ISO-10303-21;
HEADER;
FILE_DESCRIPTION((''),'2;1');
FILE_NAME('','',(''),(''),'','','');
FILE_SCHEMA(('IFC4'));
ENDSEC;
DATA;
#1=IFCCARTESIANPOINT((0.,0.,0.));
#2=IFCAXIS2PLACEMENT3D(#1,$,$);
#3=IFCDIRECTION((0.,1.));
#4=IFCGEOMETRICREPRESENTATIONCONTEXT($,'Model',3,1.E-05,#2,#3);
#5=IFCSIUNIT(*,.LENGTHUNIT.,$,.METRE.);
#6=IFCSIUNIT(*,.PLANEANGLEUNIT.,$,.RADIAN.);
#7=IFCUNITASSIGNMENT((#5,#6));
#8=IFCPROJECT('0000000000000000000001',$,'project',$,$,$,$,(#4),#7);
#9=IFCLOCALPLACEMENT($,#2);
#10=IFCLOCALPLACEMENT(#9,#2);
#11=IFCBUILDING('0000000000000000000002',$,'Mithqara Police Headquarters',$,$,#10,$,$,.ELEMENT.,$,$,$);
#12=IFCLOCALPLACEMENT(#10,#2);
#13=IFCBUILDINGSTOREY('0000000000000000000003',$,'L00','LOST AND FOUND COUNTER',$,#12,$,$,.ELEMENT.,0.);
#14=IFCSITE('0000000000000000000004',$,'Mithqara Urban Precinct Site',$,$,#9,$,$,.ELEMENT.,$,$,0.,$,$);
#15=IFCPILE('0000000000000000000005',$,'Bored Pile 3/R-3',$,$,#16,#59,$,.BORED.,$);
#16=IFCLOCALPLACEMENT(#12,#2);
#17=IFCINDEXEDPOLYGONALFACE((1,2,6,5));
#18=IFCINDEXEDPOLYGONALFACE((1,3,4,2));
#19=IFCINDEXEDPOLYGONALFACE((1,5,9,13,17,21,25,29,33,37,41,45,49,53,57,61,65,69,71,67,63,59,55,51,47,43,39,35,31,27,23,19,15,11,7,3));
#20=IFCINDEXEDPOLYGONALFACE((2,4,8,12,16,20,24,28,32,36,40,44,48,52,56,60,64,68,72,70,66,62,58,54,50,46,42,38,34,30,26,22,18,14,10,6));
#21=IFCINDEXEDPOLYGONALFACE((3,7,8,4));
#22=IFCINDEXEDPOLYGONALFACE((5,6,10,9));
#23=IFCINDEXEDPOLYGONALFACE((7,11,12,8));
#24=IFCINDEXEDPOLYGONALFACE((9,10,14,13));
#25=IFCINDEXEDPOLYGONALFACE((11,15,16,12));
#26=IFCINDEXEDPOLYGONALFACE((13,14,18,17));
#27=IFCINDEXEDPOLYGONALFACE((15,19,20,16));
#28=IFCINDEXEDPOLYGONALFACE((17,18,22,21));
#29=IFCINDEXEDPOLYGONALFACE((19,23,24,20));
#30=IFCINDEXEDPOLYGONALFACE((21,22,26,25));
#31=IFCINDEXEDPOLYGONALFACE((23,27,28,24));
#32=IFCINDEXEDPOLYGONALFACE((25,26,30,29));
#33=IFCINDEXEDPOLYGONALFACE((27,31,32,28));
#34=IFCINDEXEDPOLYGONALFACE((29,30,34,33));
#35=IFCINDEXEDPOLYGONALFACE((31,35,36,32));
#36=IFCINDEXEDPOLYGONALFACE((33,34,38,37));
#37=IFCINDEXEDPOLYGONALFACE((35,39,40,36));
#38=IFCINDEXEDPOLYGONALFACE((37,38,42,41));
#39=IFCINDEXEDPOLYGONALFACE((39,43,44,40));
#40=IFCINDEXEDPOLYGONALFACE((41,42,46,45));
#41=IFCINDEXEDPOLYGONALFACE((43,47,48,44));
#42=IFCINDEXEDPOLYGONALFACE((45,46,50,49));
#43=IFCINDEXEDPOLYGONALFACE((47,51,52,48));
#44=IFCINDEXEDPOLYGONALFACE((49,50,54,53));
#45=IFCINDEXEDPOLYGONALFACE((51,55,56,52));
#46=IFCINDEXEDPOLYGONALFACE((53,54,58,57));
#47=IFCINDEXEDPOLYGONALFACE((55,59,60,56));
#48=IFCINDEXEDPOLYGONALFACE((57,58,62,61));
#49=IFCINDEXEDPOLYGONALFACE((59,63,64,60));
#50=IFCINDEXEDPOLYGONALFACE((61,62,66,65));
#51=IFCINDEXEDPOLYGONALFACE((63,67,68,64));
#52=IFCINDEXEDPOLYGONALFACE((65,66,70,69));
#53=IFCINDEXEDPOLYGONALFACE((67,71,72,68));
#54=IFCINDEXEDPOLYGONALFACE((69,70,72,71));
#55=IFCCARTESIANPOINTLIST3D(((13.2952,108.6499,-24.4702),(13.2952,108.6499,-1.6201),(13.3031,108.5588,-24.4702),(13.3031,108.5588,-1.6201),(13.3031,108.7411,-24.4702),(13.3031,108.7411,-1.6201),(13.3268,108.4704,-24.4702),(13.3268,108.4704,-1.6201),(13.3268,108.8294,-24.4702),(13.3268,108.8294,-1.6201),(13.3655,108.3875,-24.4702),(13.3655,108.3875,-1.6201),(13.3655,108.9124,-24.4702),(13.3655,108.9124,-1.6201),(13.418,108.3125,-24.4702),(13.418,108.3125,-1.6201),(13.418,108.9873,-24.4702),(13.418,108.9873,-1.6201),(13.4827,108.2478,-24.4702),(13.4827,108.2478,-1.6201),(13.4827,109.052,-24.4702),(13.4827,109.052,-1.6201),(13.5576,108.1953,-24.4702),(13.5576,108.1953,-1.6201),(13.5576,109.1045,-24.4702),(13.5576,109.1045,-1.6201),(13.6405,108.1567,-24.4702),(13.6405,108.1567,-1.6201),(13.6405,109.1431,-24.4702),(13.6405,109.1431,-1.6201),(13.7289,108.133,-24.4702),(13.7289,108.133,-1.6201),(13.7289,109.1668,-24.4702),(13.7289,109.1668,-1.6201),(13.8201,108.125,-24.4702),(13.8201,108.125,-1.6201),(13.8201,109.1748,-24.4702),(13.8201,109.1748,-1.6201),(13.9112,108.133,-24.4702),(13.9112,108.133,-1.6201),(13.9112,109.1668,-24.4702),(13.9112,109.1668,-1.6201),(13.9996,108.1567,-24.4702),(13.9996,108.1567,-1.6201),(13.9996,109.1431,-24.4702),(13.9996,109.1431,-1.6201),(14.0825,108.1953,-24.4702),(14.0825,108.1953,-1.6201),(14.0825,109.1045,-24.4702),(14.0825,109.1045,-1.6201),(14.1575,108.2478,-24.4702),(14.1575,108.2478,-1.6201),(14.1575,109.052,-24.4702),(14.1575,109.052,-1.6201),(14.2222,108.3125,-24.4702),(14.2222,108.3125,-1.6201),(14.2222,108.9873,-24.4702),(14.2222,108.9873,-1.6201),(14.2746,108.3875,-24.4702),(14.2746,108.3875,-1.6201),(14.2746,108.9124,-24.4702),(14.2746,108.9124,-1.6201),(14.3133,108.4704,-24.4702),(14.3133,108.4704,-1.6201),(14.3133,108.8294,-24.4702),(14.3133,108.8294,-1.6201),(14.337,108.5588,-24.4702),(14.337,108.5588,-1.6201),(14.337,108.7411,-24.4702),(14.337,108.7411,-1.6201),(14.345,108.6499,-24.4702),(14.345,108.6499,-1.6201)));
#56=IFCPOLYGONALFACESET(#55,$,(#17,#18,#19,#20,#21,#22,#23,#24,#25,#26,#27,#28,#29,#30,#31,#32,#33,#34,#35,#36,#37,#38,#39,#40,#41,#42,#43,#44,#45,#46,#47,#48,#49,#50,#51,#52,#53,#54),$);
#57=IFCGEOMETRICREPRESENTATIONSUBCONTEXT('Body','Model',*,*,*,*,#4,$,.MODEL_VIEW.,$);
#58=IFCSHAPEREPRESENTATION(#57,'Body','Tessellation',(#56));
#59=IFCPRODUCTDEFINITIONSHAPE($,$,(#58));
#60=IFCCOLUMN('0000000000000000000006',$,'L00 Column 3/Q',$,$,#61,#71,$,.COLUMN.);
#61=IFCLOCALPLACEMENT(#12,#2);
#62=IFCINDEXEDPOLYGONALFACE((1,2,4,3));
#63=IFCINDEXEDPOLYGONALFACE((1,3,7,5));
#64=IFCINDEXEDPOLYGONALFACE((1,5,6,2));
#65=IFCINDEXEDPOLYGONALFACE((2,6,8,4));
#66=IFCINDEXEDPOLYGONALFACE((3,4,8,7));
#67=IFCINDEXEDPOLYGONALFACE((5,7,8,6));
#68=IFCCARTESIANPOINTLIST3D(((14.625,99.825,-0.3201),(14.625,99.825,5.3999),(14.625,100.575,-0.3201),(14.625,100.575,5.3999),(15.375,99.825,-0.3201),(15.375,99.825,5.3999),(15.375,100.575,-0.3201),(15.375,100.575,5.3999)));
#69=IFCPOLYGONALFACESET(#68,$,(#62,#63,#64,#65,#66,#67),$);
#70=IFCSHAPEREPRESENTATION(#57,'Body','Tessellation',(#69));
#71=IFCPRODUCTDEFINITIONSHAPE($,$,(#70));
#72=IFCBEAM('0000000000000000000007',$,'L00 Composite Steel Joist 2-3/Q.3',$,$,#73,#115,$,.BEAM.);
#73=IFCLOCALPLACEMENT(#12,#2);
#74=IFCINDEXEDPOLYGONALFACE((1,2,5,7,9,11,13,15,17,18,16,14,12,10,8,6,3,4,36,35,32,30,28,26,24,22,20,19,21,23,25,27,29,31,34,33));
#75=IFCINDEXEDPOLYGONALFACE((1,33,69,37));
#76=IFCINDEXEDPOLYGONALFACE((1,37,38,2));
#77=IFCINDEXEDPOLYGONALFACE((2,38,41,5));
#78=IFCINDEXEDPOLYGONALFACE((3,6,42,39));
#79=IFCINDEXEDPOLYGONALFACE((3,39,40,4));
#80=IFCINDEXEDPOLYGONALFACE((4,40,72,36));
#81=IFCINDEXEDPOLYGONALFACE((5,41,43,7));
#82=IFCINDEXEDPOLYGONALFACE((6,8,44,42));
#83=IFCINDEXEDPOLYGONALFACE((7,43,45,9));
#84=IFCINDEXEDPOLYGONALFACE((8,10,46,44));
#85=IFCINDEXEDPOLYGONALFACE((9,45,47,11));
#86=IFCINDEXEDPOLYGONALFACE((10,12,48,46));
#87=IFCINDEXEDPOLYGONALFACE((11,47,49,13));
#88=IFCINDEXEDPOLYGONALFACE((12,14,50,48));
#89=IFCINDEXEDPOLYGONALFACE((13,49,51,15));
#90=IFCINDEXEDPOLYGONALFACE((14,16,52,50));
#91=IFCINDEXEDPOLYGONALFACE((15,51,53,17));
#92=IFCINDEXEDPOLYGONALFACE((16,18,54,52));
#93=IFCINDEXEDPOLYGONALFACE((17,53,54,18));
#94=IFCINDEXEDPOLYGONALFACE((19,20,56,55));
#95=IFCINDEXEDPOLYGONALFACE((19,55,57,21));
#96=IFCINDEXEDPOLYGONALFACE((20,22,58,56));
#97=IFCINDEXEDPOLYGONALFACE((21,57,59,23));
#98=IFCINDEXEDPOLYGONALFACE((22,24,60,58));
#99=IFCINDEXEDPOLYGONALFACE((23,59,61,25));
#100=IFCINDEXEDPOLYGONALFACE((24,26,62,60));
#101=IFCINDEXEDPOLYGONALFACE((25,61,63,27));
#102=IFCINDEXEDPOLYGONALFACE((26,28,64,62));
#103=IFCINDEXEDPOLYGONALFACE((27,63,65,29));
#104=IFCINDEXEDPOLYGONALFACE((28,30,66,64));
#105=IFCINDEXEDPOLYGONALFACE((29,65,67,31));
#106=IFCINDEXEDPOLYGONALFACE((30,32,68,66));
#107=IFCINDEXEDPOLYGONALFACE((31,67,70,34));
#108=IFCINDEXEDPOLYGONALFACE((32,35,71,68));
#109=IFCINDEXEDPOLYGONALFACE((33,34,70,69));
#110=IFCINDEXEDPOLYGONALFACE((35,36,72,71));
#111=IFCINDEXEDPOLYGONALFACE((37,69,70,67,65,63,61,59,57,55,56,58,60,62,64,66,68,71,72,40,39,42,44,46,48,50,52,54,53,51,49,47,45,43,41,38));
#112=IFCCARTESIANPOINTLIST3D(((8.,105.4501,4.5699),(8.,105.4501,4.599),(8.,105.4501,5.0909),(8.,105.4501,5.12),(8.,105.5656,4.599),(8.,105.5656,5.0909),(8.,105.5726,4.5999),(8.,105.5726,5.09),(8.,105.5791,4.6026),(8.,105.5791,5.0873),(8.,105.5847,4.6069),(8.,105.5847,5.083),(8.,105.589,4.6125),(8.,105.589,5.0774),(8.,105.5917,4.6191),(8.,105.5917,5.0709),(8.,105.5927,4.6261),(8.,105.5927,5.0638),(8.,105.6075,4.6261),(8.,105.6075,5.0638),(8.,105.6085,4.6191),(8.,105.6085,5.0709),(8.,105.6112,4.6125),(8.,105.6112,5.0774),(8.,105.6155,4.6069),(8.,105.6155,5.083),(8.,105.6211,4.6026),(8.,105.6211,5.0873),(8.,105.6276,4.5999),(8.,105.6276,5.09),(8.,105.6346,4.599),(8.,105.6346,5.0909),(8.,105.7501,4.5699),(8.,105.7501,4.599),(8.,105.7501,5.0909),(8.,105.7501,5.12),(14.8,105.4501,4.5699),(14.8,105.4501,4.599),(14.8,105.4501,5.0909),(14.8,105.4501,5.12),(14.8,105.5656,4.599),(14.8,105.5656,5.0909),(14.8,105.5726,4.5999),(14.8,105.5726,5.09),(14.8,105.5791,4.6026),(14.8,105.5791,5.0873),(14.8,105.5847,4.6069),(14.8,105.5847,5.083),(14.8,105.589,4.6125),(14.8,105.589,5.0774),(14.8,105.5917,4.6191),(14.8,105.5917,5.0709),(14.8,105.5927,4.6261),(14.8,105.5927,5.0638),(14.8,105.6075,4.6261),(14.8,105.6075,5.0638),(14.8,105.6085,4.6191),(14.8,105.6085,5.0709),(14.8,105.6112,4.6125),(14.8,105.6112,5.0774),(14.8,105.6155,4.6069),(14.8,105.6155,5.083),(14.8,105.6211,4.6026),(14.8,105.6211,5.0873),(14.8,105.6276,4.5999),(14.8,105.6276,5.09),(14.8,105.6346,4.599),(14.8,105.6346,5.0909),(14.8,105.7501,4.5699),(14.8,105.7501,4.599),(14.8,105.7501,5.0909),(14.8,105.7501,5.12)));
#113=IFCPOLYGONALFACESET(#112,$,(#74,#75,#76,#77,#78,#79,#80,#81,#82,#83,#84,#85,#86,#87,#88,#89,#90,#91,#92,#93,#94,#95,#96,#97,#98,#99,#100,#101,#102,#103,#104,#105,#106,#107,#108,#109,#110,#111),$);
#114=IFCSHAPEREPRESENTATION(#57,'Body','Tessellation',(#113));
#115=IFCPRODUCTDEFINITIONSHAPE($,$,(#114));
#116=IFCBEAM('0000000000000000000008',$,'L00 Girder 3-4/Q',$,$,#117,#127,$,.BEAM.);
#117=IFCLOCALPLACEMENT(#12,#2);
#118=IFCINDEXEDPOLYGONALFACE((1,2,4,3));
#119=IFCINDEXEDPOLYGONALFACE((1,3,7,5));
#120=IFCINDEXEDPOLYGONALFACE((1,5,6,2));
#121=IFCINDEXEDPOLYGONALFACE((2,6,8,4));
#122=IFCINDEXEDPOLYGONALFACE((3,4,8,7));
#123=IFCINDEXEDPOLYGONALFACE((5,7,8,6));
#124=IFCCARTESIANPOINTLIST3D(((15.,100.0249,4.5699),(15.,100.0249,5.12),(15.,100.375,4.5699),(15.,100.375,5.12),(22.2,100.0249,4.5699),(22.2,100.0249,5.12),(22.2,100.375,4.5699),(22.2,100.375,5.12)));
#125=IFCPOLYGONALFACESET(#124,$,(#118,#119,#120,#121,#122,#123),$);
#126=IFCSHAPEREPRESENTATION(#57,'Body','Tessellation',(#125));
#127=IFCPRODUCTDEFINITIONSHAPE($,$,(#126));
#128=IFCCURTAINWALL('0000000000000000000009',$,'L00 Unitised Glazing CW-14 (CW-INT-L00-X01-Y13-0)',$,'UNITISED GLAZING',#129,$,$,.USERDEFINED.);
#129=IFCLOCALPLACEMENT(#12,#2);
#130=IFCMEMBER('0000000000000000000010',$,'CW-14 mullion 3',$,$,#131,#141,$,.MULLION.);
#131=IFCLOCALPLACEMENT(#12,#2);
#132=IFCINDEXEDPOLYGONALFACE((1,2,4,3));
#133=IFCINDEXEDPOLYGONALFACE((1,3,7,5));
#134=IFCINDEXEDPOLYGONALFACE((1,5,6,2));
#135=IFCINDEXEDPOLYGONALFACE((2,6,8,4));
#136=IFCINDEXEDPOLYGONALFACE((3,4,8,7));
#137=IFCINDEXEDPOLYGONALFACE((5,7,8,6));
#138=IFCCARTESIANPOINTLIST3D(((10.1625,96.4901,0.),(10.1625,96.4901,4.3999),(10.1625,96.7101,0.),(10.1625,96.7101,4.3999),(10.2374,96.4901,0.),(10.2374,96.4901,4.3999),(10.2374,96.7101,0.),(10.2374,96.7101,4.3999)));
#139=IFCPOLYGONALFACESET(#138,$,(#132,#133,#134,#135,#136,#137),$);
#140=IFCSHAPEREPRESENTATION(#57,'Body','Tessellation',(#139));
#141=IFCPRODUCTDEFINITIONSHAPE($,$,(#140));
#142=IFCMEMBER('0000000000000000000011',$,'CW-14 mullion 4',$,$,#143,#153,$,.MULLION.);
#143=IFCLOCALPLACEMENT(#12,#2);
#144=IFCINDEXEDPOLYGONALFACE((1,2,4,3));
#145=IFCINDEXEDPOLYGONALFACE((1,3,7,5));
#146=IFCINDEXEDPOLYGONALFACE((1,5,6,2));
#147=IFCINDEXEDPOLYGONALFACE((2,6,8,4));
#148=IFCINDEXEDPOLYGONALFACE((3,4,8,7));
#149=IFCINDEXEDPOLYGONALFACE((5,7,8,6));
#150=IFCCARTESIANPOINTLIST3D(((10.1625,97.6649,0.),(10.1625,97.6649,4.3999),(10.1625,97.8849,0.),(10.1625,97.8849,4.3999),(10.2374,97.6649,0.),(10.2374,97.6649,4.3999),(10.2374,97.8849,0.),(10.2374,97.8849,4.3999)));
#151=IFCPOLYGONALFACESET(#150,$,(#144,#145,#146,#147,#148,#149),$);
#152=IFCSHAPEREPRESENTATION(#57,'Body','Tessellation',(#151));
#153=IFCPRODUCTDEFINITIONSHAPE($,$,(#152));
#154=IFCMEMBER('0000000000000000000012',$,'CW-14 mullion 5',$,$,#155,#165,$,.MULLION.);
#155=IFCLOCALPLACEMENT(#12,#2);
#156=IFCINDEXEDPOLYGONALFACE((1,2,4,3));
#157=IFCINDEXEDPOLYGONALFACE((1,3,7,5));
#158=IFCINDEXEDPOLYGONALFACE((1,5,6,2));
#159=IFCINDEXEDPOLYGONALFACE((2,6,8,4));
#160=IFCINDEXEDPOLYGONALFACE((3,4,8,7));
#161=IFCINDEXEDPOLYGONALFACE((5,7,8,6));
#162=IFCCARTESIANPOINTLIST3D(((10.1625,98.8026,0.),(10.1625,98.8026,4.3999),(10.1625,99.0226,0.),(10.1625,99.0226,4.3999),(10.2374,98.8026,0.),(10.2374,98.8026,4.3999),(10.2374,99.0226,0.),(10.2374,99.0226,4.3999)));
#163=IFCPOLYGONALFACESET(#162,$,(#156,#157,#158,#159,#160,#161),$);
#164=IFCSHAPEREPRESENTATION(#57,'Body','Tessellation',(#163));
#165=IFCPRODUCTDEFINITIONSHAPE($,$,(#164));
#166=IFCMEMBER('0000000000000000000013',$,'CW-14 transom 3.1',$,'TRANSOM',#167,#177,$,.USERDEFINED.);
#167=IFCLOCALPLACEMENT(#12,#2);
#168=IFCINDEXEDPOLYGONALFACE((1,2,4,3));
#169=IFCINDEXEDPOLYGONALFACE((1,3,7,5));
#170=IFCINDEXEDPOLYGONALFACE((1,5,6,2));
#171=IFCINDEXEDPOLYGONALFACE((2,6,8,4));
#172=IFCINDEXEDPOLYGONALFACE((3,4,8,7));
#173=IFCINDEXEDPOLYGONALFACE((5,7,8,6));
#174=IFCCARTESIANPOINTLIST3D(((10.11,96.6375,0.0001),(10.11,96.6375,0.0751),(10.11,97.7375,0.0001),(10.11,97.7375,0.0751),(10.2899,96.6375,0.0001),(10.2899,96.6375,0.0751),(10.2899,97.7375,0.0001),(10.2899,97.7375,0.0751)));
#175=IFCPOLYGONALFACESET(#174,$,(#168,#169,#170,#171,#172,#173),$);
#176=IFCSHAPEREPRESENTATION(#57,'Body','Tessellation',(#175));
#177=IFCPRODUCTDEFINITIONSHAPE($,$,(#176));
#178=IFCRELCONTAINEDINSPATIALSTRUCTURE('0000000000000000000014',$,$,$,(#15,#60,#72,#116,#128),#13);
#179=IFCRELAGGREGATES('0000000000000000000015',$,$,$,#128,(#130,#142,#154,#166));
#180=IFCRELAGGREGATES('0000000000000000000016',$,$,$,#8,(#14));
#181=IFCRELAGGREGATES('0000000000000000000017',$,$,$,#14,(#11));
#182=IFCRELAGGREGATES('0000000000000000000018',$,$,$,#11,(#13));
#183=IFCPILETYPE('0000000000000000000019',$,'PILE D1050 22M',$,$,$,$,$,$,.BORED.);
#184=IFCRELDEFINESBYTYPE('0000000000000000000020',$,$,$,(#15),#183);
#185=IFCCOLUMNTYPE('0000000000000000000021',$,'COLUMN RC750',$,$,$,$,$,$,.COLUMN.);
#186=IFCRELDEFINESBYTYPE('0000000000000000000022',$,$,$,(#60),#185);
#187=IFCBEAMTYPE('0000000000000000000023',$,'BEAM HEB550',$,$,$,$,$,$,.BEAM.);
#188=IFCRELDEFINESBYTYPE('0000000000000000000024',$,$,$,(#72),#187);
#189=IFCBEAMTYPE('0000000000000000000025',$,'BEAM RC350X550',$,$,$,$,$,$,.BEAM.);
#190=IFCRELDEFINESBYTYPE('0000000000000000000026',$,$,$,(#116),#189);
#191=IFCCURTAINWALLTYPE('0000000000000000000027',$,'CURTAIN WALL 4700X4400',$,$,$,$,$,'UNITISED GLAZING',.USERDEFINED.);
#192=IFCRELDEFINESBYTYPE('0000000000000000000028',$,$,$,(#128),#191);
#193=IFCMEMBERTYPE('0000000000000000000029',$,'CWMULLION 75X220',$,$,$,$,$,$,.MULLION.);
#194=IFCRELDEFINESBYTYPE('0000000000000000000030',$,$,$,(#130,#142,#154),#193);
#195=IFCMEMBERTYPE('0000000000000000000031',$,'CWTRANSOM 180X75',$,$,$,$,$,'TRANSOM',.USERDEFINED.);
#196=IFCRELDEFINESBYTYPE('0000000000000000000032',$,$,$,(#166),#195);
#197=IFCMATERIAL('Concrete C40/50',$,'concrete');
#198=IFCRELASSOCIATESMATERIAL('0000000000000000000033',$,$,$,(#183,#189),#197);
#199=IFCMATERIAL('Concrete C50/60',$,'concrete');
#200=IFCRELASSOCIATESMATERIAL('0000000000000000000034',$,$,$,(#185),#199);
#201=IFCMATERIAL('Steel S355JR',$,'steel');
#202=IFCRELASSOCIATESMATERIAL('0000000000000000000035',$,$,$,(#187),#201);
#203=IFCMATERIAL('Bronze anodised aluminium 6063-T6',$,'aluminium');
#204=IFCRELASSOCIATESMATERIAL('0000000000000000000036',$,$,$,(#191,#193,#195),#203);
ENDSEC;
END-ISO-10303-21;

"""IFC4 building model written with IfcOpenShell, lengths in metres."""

from ifc_helpers import new_model, si_unit, direction, frame, origin, origin_2d, place, context, subcontext, project, spatial, rectangle, circle, i_section, extrude, material, material_profile, profile_set, type_object, element, aggregate, save


model = new_model("IFC4")

# Units and contexts
model_context = context("Model", 3, precision=1e-05, world=origin(), true_north=direction((0.0, 1.0)))
body_context = subcontext(model_context, "Body", "Model", "MODEL_VIEW")
ifc_project = project(units=[si_unit("LENGTHUNIT", "METRE"), si_unit("PLANEANGLEUNIT", "RADIAN")], contexts=[model_context])

# Site, building, storey
site_placement = place(None, origin())
site = spatial("IfcSite", under=ifc_project, at=site_placement, Name="Mithqara Urban Precinct Site", CompositionType="ELEMENT", RefElevation=0.0)
building_placement = place(site_placement, origin())
building = spatial("IfcBuilding", under=site, at=building_placement, Name="Mithqara Police Headquarters", CompositionType="ELEMENT")
storey_placement = place(building_placement, origin())
storey = spatial("IfcBuildingStorey", under=building, at=storey_placement, Name="L00", Description="LOST AND FOUND COUNTER", CompositionType="ELEMENT", Elevation=0.0)

# Shared definitions
ifc_material_1 = material(Name="Concrete C40/50", Category="concrete")

# Pile
ifc_material_profile_1 = material_profile(ifc_material_1, circle(Radius=0.5249, at=origin_2d()), Name="PILE D1050")
ifc_profile_set_1 = profile_set([ifc_material_profile_1], Name="Concrete C40/50")
pile_type = type_object("IfcPileType", Name="PILE D1050 22M", PredefinedType="BORED", material=ifc_profile_set_1)
for number, where, z_axis, x_axis, name in (
    (1, (13.8201, 108.6499, -1.6201), (0.0, 0.0, -1.0), (1.0, 0.0, 0.0), "Bored Pile 3/R-3"),
):
    element("IfcPile", number, at=place(storey_placement, frame(where, z_axis=z_axis, x_axis=x_axis)), inside=storey, type_object=pile_type, Name=name, PredefinedType="BORED", context=body_context, shape_type="SweptSolid", body=[
        extrude(circle(Radius=0.5249, at=origin_2d()), origin(), (0.0, 0.0, 1.0), 22.8501),
    ])

# Column
ifc_material_2 = material(Name="Concrete C50/60", Category="concrete")
ifc_material_profile_2 = material_profile(ifc_material_2, rectangle(XDim=0.75, YDim=0.75, at=origin_2d()), Name="RC 750x750")
ifc_profile_set_2 = profile_set([ifc_material_profile_2], Name="Concrete C50/60")
column_type = type_object("IfcColumnType", Name="COLUMN RC750", PredefinedType="COLUMN", material=ifc_profile_set_2)
column_placement = place(storey_placement, frame((15.0, 100.2, -0.3201), z_axis=(0.0, 0.0, 1.0), x_axis=(1.0, 0.0, 0.0)))
element("IfcColumn", 2, at=column_placement, inside=storey, type_object=column_type, Name="L00 Column 3/Q", PredefinedType="COLUMN", context=body_context, shape_type="SweptSolid", body=[
    extrude(rectangle(XDim=0.75, YDim=0.75, at=origin_2d()), origin(), (0.0, 0.0, 1.0), 5.72),
])

# Beams
ifc_material_3 = material(Name="Steel S355JR", Category="steel")
ifc_material_profile_3 = material_profile(ifc_material_3, i_section(OverallWidth=0.3, OverallDepth=0.55, WebThickness=0.0149, FlangeThickness=0.0291, FilletRadius=0.0271, at=origin_2d()), Name="HEB 550")
ifc_profile_set_3 = profile_set([ifc_material_profile_3], Name="Steel S355JR")
beam_type_1 = type_object("IfcBeamType", Name="BEAM HEB550", PredefinedType="BEAM", material=ifc_profile_set_3)
beam_1_placement = place(storey_placement, frame((8.0, 105.6001, 4.845), z_axis=(1.0, 0.0, 0.0), x_axis=(0.0, 1.0, 0.0)))
element("IfcBeam", 3, at=beam_1_placement, inside=storey, type_object=beam_type_1, Name="L00 Composite Steel Joist 2-3/Q.3", PredefinedType="BEAM", context=body_context, shape_type="SweptSolid", body=[
    extrude(i_section(OverallWidth=0.3, OverallDepth=0.55, WebThickness=0.0149, FlangeThickness=0.0291, FilletRadius=0.0271, at=origin_2d()), origin(), (0.0, 0.0, 1.0), 6.8),
])
ifc_material_profile_4 = material_profile(ifc_material_1, rectangle(XDim=0.3501, YDim=0.55, at=origin_2d()), Name="RC 350x550")
ifc_profile_set_4 = profile_set([ifc_material_profile_4], Name="Concrete C40/50")
beam_type_2 = type_object("IfcBeamType", Name="BEAM RC350X550", PredefinedType="BEAM", material=ifc_profile_set_4)
beam_2_placement = place(storey_placement, frame((15.0, 100.2, 4.845), z_axis=(1.0, 0.0, 0.0), x_axis=(0.0, 1.0, 0.0)))
element("IfcBeam", 4, at=beam_2_placement, inside=storey, type_object=beam_type_2, Name="L00 Girder 3-4/Q", PredefinedType="BEAM", context=body_context, shape_type="SweptSolid", body=[
    extrude(rectangle(XDim=0.3501, YDim=0.55, at=origin_2d()), origin(), (0.0, 0.0, 1.0), 7.2),
])

# Curtain wall, members
ifc_material_4 = material(Name="Bronze anodised aluminium 6063-T6", Category="aluminium")
curtain_wall_type = type_object("IfcCurtainWallType", Name="CURTAIN WALL 4700X4400", ElementType="UNITISED GLAZING", PredefinedType="USERDEFINED", material=ifc_material_4)
curtain_wall_placement = place(storey_placement, origin())
curtain_wall = element("IfcCurtainWall", 5, at=curtain_wall_placement, inside=storey, type_object=curtain_wall_type, Name="L00 Unitised Glazing CW-14 (CW-INT-L00-X01-Y13-0)", ObjectType="UNITISED GLAZING", PredefinedType="USERDEFINED")
ifc_material_profile_5 = material_profile(ifc_material_4, rectangle(XDim=0.075, YDim=0.22, at=origin_2d()), Name="CWM 75x220")
ifc_profile_set_5 = profile_set([ifc_material_profile_5], Name="Bronze anodised aluminium 6063-T6")
member_type_1 = type_object("IfcMemberType", Name="CWMULLION 75X220", PredefinedType="MULLION", material=ifc_profile_set_5)
member_1_placement = place(storey_placement, frame((10.2, 96.6001, 0.0), z_axis=(0.0, 0.0, 1.0), x_axis=(-1.0, 0.0, 0.0)))
member_1 = element("IfcMember", 6, at=member_1_placement, type_object=member_type_1, Name="CW-14 mullion 3", PredefinedType="MULLION", context=body_context, shape_type="SweptSolid", body=[
    extrude(rectangle(XDim=0.075, YDim=0.22, at=origin_2d()), origin(), (0.0, 0.0, 1.0), 4.3999),
])
member_2_placement = place(storey_placement, frame((10.2, 97.7749, 0.0), z_axis=(0.0, 0.0, 1.0), x_axis=(-1.0, 0.0, 0.0)))
member_2 = element("IfcMember", 7, at=member_2_placement, type_object=member_type_1, Name="CW-14 mullion 4", PredefinedType="MULLION", context=body_context, shape_type="SweptSolid", body=[
    extrude(rectangle(XDim=0.075, YDim=0.22, at=origin_2d()), origin(), (0.0, 0.0, 1.0), 4.3999),
])
member_3_placement = place(storey_placement, frame((10.2, 98.9126, 0.0), z_axis=(0.0, 0.0, 1.0), x_axis=(-1.0, 0.0, 0.0)))
member_3 = element("IfcMember", 8, at=member_3_placement, type_object=member_type_1, Name="CW-14 mullion 5", PredefinedType="MULLION", context=body_context, shape_type="SweptSolid", body=[
    extrude(rectangle(XDim=0.075, YDim=0.22, at=origin_2d()), origin(), (0.0, 0.0, 1.0), 4.3999),
])
ifc_material_profile_6 = material_profile(ifc_material_4, rectangle(XDim=0.1799, YDim=0.075, at=origin_2d()), Name="CWT 180x75")
ifc_profile_set_6 = profile_set([ifc_material_profile_6], Name="Bronze anodised aluminium 6063-T6")
member_type_2 = type_object("IfcMemberType", Name="CWTRANSOM 180X75", ElementType="TRANSOM", PredefinedType="USERDEFINED", material=ifc_profile_set_6)
member_4_placement = place(storey_placement, frame((10.2, 96.6375, 0.0376), z_axis=(0.0, 1.0, 0.0), x_axis=(-1.0, 0.0, 0.0)))
member_4 = element("IfcMember", 9, at=member_4_placement, type_object=member_type_2, Name="CW-14 transom 3.1", ObjectType="TRANSOM", PredefinedType="USERDEFINED", context=body_context, shape_type="SweptSolid", body=[
    extrude(rectangle(XDim=0.1799, YDim=0.075, at=origin_2d()), origin(), (0.0, 0.0, 1.0), 1.1001),
])
aggregate(curtain_wall, [member_1, member_2, member_3, member_4])

save(model, "model.ifc")
